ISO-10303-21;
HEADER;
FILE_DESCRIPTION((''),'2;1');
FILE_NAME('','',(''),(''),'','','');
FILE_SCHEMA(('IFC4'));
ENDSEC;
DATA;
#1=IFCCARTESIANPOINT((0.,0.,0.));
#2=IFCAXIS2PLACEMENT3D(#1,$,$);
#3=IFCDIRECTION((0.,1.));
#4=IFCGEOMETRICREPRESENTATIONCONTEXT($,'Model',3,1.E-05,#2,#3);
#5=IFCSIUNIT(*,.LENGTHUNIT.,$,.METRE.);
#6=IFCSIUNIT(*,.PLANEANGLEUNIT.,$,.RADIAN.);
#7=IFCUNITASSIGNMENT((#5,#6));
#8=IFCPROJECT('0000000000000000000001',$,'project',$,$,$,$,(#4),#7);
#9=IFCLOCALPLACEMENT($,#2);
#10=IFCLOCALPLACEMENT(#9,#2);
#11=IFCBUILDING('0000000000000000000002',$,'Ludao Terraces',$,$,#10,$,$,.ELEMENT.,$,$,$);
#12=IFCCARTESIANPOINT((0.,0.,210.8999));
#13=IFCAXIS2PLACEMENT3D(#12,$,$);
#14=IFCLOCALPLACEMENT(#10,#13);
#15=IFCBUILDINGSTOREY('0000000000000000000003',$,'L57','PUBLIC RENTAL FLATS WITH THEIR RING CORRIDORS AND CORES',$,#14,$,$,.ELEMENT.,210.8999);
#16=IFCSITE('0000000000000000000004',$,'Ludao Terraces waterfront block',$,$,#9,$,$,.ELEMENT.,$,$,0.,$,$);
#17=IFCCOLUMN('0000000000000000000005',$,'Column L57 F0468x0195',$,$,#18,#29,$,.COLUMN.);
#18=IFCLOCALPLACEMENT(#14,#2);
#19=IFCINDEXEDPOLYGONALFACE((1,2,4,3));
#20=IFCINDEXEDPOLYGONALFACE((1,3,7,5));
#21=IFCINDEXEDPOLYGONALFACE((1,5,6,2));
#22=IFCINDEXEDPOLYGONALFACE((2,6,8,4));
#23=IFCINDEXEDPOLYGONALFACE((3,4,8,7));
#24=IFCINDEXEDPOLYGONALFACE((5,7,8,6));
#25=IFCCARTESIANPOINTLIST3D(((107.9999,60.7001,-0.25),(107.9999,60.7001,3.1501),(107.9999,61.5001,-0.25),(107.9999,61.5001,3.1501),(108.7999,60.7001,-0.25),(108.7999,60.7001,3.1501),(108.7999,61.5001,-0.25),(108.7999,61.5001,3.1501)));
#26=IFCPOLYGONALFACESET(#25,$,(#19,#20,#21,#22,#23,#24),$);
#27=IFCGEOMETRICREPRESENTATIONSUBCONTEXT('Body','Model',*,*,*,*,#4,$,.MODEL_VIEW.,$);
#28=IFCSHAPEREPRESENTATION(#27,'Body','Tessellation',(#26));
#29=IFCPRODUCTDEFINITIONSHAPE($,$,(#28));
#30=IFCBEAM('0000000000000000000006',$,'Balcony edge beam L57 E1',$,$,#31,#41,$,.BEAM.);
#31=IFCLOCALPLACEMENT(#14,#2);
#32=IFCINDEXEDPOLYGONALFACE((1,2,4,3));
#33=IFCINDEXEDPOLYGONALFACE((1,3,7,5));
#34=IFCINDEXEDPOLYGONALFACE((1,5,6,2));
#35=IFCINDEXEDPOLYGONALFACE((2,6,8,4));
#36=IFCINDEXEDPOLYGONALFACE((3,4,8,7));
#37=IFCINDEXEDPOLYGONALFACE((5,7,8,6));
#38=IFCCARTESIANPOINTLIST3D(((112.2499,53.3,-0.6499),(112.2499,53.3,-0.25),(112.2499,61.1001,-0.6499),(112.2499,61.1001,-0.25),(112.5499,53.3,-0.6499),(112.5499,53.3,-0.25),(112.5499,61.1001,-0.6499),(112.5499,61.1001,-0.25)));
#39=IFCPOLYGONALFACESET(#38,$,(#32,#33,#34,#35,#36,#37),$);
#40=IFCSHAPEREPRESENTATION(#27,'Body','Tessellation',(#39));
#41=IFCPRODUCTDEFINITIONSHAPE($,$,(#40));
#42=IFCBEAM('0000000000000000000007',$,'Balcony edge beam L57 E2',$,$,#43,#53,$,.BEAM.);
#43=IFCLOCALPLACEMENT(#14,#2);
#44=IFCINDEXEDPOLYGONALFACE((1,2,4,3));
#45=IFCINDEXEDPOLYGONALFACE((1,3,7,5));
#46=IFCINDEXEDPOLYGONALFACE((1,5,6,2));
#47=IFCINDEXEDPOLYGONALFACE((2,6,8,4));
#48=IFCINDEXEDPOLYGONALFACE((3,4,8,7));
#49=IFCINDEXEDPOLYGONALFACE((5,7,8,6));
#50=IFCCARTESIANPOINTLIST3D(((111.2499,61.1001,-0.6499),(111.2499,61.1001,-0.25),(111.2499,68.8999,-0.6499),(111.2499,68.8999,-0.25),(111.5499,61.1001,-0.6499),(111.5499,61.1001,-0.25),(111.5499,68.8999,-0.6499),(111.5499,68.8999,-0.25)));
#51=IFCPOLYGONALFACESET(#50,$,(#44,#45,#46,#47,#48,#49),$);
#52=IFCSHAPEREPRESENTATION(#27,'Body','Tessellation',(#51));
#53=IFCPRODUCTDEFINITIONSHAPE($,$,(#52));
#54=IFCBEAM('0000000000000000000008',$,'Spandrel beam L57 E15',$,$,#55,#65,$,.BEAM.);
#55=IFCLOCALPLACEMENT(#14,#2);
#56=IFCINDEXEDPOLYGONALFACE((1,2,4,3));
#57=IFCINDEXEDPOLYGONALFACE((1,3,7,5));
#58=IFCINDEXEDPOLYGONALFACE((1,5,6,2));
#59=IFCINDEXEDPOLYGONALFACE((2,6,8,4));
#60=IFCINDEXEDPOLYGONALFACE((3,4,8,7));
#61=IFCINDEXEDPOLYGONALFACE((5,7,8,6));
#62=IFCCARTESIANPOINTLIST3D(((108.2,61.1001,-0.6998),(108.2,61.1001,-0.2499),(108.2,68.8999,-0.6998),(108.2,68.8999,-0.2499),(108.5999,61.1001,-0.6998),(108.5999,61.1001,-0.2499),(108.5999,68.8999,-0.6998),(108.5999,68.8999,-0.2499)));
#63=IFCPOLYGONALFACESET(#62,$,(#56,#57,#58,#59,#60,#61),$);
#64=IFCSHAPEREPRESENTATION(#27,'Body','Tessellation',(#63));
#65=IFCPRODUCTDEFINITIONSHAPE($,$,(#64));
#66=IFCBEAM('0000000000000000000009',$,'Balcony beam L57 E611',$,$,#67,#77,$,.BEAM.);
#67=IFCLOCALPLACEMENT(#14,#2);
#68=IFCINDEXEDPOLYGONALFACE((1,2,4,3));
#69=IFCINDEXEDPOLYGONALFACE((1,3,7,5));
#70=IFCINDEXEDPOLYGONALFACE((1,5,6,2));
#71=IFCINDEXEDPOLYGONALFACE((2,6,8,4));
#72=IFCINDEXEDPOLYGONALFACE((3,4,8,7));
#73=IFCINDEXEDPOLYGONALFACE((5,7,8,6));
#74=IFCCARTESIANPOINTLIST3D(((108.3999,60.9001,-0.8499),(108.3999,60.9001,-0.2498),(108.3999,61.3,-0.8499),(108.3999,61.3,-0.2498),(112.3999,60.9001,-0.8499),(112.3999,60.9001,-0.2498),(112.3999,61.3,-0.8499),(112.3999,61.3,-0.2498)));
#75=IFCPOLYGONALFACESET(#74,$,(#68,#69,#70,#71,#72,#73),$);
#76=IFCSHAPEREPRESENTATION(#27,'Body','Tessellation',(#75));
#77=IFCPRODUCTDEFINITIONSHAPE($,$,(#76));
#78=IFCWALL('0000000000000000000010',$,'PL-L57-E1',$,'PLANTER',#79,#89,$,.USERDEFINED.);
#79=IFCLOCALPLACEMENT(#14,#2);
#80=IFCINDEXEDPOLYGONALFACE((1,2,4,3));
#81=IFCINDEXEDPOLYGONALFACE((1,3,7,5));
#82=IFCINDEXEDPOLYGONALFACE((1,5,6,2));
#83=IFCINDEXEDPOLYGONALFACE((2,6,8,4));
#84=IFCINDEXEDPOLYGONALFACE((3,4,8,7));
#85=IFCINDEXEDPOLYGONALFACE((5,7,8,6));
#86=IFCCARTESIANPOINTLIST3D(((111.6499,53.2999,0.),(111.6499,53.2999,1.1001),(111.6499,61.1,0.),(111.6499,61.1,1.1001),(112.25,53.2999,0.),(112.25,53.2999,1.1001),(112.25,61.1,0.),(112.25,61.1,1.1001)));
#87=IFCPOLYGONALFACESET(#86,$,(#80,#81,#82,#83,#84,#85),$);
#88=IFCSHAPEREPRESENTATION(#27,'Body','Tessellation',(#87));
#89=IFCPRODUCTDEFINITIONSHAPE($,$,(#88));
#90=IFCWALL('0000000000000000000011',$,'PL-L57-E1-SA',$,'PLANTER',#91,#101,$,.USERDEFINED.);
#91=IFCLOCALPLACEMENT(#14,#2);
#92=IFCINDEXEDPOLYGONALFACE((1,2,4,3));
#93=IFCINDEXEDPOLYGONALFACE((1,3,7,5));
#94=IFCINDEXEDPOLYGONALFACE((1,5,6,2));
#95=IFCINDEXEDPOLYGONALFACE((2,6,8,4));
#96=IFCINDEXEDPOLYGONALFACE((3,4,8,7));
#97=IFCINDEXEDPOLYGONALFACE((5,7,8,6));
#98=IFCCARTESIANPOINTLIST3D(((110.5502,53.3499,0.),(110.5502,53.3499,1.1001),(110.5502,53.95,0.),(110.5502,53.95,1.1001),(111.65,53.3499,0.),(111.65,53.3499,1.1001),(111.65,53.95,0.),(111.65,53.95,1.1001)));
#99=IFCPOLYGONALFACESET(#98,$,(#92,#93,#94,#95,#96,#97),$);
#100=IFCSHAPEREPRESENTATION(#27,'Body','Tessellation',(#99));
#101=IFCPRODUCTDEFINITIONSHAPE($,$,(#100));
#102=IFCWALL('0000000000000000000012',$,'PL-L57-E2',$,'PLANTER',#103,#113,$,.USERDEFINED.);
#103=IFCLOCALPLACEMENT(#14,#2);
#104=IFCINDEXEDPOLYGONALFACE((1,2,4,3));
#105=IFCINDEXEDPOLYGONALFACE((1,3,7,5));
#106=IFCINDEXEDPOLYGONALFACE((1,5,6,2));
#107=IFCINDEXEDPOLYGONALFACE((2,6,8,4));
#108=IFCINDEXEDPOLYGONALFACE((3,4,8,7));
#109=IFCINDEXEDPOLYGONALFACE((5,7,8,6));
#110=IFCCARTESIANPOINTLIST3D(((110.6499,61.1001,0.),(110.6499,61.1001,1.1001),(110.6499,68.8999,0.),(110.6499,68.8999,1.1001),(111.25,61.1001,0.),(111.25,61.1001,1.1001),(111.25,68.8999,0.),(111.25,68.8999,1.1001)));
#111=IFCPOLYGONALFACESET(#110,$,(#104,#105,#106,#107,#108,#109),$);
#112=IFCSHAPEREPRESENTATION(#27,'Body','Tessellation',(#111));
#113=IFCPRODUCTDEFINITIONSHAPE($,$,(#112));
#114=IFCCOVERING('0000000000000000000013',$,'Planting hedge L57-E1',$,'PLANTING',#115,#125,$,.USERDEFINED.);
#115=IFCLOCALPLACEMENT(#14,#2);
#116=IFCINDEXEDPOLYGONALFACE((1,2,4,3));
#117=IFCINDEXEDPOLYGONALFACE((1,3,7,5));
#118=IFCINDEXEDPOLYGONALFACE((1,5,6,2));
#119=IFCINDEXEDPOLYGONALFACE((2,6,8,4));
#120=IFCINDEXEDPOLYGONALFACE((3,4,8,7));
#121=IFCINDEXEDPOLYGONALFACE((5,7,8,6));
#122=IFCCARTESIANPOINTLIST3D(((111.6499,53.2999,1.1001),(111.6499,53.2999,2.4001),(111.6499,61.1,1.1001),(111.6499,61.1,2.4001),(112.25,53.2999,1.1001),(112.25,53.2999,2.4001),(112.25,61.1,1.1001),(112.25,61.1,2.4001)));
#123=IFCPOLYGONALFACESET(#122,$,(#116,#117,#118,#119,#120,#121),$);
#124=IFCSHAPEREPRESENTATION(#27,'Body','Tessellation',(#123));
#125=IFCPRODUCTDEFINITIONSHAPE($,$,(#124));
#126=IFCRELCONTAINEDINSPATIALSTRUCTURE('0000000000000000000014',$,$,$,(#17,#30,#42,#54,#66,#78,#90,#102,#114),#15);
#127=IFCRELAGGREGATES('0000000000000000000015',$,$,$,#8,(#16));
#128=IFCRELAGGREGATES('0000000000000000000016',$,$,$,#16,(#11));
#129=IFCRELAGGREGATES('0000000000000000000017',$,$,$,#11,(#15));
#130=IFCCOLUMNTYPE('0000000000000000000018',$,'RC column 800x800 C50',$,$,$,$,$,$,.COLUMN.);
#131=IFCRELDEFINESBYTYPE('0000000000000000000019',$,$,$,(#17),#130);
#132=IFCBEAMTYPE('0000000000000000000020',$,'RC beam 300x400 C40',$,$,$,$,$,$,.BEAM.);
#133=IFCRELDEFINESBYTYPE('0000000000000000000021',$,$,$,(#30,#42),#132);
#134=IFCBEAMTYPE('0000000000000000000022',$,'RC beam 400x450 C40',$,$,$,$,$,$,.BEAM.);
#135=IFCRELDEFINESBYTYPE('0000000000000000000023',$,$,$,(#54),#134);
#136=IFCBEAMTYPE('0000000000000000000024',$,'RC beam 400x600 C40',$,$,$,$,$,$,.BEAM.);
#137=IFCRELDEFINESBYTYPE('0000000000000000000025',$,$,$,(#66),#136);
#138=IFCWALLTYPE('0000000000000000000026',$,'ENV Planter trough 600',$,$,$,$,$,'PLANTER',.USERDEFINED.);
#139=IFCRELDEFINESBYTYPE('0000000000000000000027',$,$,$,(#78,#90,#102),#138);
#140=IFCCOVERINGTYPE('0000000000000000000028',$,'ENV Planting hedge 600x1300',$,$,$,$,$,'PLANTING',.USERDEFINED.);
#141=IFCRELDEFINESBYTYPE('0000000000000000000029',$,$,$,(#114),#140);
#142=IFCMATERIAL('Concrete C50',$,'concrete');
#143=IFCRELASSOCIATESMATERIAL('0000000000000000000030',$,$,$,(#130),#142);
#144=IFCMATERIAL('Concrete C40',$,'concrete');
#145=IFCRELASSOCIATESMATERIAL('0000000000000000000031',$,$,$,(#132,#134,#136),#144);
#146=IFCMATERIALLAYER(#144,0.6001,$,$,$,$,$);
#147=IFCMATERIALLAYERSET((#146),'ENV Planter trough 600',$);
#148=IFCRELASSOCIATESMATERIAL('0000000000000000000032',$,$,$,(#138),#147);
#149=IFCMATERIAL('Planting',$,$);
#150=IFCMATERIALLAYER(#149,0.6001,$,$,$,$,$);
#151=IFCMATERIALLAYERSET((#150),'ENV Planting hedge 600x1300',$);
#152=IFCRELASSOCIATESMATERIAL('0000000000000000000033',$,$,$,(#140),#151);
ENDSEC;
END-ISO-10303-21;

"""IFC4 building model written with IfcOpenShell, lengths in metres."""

from ifc_helpers import new_model, si_unit, direction, frame, frame_2d, origin, origin_2d, place, context, subcontext, project, spatial, rectangle, extrude, material, layer, layer_set, material_profile, profile_set, type_object, element, save


model = new_model("IFC4")

# Units and contexts
model_context = context("Model", 3, precision=1e-05, world=origin(), true_north=direction((0.0, 1.0)))
body_context = subcontext(model_context, "Body", "Model", "MODEL_VIEW")
ifc_project = project(units=[si_unit("LENGTHUNIT", "METRE"), si_unit("PLANEANGLEUNIT", "RADIAN")], contexts=[model_context])

# Site, building, storey
site_placement = place(None, origin())
site = spatial("IfcSite", under=ifc_project, at=site_placement, Name="Ludao Terraces waterfront block", CompositionType="ELEMENT", RefElevation=0.0)
building_placement = place(site_placement, origin())
building = spatial("IfcBuilding", under=site, at=building_placement, Name="Ludao Terraces", CompositionType="ELEMENT")
storey_placement = place(building_placement, frame((0.0, 0.0, 210.8999)))
storey = spatial("IfcBuildingStorey", under=building, at=storey_placement, Name="L57", Description="PUBLIC RENTAL FLATS WITH THEIR RING CORRIDORS AND CORES", CompositionType="ELEMENT", Elevation=210.8999)

# Column
ifc_material_1 = material(Name="Concrete C50", Category="concrete")
ifc_material_profile_1 = material_profile(ifc_material_1, rectangle(XDim=0.8, YDim=0.8, at=origin_2d()), Name="800 X 800")
ifc_profile_set_1 = profile_set([ifc_material_profile_1], Name="Concrete C50")
column_type = type_object("IfcColumnType", Name="RC column 800x800 C50", PredefinedType="COLUMN", material=ifc_profile_set_1)
column_placement = place(storey_placement, frame((108.3999, 61.1001, -0.25), z_axis=(0.0, 0.0, 1.0), x_axis=(1.0, 0.0, 0.0)))
element("IfcColumn", 1, at=column_placement, inside=storey, type_object=column_type, Name="Column L57 F0468x0195", PredefinedType="COLUMN", context=body_context, shape_type="SweptSolid", body=[
    extrude(rectangle(XDim=0.8, YDim=0.8, at=origin_2d()), origin(), (0.0, 0.0, 1.0), 3.4001),
])

# Beams
ifc_material_2 = material(Name="Concrete C40", Category="concrete")
ifc_material_profile_2 = material_profile(ifc_material_2, rectangle(XDim=0.3, YDim=0.3999, at=origin_2d()), Name="300 X 400")
ifc_profile_set_2 = profile_set([ifc_material_profile_2], Name="Concrete C40")
beam_type_1 = type_object("IfcBeamType", Name="RC beam 300x400 C40", PredefinedType="BEAM", material=ifc_profile_set_2)
beam_1_placement = place(storey_placement, frame((112.3999, 53.3, -0.45), z_axis=(0.0, 1.0, 0.0), x_axis=(-1.0, 0.0, 0.0)))
element("IfcBeam", 2, at=beam_1_placement, inside=storey, type_object=beam_type_1, Name="Balcony edge beam L57 E1", PredefinedType="BEAM", context=body_context, shape_type="SweptSolid", body=[
    extrude(rectangle(XDim=0.3, YDim=0.3999, at=origin_2d()), origin(), (0.0, 0.0, 1.0), 7.8),
])
beam_2_placement = place(storey_placement, frame((111.3999, 61.1001, -0.45), z_axis=(0.0, 1.0, 0.0), x_axis=(-1.0, 0.0, 0.0)))
element("IfcBeam", 3, at=beam_2_placement, inside=storey, type_object=beam_type_1, Name="Balcony edge beam L57 E2", PredefinedType="BEAM", context=body_context, shape_type="SweptSolid", body=[
    extrude(rectangle(XDim=0.3, YDim=0.3999, at=origin_2d()), origin(), (0.0, 0.0, 1.0), 7.7998),
])
ifc_material_profile_3 = material_profile(ifc_material_2, rectangle(XDim=0.3999, YDim=0.45, at=origin_2d()), Name="400 X 450")
ifc_profile_set_3 = profile_set([ifc_material_profile_3], Name="Concrete C40")
beam_type_2 = type_object("IfcBeamType", Name="RC beam 400x450 C40", PredefinedType="BEAM", material=ifc_profile_set_3)
beam_3_placement = place(storey_placement, frame((108.3999, 61.1001, -0.4749), z_axis=(0.0, 1.0, 0.0), x_axis=(-1.0, 0.0, 0.0)))
element("IfcBeam", 4, at=beam_3_placement, inside=storey, type_object=beam_type_2, Name="Spandrel beam L57 E15", PredefinedType="BEAM", context=body_context, shape_type="SweptSolid", body=[
    extrude(rectangle(XDim=0.3999, YDim=0.45, at=origin_2d()), origin(), (0.0, 0.0, 1.0), 7.7998),
])
ifc_material_profile_4 = material_profile(ifc_material_2, rectangle(XDim=0.3999, YDim=0.6001, at=origin_2d()), Name="400 X 600")
ifc_profile_set_4 = profile_set([ifc_material_profile_4], Name="Concrete C40")
beam_type_3 = type_object("IfcBeamType", Name="RC beam 400x600 C40", PredefinedType="BEAM", material=ifc_profile_set_4)
beam_4_placement = place(storey_placement, frame((108.3999, 61.1001, -0.5498), z_axis=(1.0, 0.0, 0.0), x_axis=(0.0, 1.0, 0.0)))
element("IfcBeam", 5, at=beam_4_placement, inside=storey, type_object=beam_type_3, Name="Balcony beam L57 E611", PredefinedType="BEAM", context=body_context, shape_type="SweptSolid", body=[
    extrude(rectangle(XDim=0.3999, YDim=0.6001, at=origin_2d()), origin(), (0.0, 0.0, 1.0), 4.0),
])

# Walls
ifc_layer_1 = layer(ifc_material_2, 0.6001)
ifc_layer_set_1 = layer_set([ifc_layer_1], Name="ENV Planter trough 600")
wall_type = type_object("IfcWallType", Name="ENV Planter trough 600", ElementType="PLANTER", PredefinedType="USERDEFINED", material=ifc_layer_set_1)
wall_1_placement = place(storey_placement, frame((111.95, 53.3, 0.0), z_axis=(0.0, 0.0, 1.0), x_axis=(0.0, 1.0, 0.0)))
element("IfcWall", 6, at=wall_1_placement, inside=storey, type_object=wall_type, Name="PL-L57-E1", ObjectType="PLANTER", PredefinedType="USERDEFINED", context=body_context, shape_type="SweptSolid", body=[
    extrude(rectangle(XDim=7.8, YDim=0.6001, at=frame_2d((3.8999, 0.0))), origin(), (0.0, 0.0, 1.0), 1.1001),
])
wall_2_placement = place(storey_placement, frame((111.6499, 53.6499, 0.0), z_axis=(0.0, 0.0, 1.0), x_axis=(-1.0, 0.0, 0.0)))
element("IfcWall", 7, at=wall_2_placement, inside=storey, type_object=wall_type, Name="PL-L57-E1-SA", ObjectType="PLANTER", PredefinedType="USERDEFINED", context=body_context, shape_type="SweptSolid", body=[
    extrude(rectangle(XDim=1.0999, YDim=0.6001, at=frame_2d((0.5498, 0.0))), origin(), (0.0, 0.0, 1.0), 1.1001),
])
wall_3_placement = place(storey_placement, frame((110.95, 61.1001, 0.0), z_axis=(0.0, 0.0, 1.0), x_axis=(0.0, 1.0, 0.0)))
element("IfcWall", 8, at=wall_3_placement, inside=storey, type_object=wall_type, Name="PL-L57-E2", ObjectType="PLANTER", PredefinedType="USERDEFINED", context=body_context, shape_type="SweptSolid", body=[
    extrude(rectangle(XDim=7.7998, YDim=0.6001, at=frame_2d((3.8999, 0.0))), origin(), (0.0, 0.0, 1.0), 1.1001),
])

# Covering
ifc_material_3 = material(Name="Planting")
ifc_layer_2 = layer(ifc_material_3, 0.6001)
ifc_layer_set_2 = layer_set([ifc_layer_2], Name="ENV Planting hedge 600x1300")
covering_type = type_object("IfcCoveringType", Name="ENV Planting hedge 600x1300", ElementType="PLANTING", PredefinedType="USERDEFINED", material=ifc_layer_set_2)
covering_placement = place(storey_placement, frame((111.95, 57.2, 1.1001), z_axis=(0.0, 0.0, 1.0), x_axis=(1.0, 0.0, 0.0)))
element("IfcCovering", 9, at=covering_placement, inside=storey, type_object=covering_type, Name="Planting hedge L57-E1", ObjectType="PLANTING", PredefinedType="USERDEFINED", context=body_context, shape_type="SweptSolid", body=[
    extrude(rectangle(XDim=0.6001, YDim=7.8, at=origin_2d()), origin(), (0.0, 0.0, 1.0), 1.3),
])

save(model, "model.ifc")
